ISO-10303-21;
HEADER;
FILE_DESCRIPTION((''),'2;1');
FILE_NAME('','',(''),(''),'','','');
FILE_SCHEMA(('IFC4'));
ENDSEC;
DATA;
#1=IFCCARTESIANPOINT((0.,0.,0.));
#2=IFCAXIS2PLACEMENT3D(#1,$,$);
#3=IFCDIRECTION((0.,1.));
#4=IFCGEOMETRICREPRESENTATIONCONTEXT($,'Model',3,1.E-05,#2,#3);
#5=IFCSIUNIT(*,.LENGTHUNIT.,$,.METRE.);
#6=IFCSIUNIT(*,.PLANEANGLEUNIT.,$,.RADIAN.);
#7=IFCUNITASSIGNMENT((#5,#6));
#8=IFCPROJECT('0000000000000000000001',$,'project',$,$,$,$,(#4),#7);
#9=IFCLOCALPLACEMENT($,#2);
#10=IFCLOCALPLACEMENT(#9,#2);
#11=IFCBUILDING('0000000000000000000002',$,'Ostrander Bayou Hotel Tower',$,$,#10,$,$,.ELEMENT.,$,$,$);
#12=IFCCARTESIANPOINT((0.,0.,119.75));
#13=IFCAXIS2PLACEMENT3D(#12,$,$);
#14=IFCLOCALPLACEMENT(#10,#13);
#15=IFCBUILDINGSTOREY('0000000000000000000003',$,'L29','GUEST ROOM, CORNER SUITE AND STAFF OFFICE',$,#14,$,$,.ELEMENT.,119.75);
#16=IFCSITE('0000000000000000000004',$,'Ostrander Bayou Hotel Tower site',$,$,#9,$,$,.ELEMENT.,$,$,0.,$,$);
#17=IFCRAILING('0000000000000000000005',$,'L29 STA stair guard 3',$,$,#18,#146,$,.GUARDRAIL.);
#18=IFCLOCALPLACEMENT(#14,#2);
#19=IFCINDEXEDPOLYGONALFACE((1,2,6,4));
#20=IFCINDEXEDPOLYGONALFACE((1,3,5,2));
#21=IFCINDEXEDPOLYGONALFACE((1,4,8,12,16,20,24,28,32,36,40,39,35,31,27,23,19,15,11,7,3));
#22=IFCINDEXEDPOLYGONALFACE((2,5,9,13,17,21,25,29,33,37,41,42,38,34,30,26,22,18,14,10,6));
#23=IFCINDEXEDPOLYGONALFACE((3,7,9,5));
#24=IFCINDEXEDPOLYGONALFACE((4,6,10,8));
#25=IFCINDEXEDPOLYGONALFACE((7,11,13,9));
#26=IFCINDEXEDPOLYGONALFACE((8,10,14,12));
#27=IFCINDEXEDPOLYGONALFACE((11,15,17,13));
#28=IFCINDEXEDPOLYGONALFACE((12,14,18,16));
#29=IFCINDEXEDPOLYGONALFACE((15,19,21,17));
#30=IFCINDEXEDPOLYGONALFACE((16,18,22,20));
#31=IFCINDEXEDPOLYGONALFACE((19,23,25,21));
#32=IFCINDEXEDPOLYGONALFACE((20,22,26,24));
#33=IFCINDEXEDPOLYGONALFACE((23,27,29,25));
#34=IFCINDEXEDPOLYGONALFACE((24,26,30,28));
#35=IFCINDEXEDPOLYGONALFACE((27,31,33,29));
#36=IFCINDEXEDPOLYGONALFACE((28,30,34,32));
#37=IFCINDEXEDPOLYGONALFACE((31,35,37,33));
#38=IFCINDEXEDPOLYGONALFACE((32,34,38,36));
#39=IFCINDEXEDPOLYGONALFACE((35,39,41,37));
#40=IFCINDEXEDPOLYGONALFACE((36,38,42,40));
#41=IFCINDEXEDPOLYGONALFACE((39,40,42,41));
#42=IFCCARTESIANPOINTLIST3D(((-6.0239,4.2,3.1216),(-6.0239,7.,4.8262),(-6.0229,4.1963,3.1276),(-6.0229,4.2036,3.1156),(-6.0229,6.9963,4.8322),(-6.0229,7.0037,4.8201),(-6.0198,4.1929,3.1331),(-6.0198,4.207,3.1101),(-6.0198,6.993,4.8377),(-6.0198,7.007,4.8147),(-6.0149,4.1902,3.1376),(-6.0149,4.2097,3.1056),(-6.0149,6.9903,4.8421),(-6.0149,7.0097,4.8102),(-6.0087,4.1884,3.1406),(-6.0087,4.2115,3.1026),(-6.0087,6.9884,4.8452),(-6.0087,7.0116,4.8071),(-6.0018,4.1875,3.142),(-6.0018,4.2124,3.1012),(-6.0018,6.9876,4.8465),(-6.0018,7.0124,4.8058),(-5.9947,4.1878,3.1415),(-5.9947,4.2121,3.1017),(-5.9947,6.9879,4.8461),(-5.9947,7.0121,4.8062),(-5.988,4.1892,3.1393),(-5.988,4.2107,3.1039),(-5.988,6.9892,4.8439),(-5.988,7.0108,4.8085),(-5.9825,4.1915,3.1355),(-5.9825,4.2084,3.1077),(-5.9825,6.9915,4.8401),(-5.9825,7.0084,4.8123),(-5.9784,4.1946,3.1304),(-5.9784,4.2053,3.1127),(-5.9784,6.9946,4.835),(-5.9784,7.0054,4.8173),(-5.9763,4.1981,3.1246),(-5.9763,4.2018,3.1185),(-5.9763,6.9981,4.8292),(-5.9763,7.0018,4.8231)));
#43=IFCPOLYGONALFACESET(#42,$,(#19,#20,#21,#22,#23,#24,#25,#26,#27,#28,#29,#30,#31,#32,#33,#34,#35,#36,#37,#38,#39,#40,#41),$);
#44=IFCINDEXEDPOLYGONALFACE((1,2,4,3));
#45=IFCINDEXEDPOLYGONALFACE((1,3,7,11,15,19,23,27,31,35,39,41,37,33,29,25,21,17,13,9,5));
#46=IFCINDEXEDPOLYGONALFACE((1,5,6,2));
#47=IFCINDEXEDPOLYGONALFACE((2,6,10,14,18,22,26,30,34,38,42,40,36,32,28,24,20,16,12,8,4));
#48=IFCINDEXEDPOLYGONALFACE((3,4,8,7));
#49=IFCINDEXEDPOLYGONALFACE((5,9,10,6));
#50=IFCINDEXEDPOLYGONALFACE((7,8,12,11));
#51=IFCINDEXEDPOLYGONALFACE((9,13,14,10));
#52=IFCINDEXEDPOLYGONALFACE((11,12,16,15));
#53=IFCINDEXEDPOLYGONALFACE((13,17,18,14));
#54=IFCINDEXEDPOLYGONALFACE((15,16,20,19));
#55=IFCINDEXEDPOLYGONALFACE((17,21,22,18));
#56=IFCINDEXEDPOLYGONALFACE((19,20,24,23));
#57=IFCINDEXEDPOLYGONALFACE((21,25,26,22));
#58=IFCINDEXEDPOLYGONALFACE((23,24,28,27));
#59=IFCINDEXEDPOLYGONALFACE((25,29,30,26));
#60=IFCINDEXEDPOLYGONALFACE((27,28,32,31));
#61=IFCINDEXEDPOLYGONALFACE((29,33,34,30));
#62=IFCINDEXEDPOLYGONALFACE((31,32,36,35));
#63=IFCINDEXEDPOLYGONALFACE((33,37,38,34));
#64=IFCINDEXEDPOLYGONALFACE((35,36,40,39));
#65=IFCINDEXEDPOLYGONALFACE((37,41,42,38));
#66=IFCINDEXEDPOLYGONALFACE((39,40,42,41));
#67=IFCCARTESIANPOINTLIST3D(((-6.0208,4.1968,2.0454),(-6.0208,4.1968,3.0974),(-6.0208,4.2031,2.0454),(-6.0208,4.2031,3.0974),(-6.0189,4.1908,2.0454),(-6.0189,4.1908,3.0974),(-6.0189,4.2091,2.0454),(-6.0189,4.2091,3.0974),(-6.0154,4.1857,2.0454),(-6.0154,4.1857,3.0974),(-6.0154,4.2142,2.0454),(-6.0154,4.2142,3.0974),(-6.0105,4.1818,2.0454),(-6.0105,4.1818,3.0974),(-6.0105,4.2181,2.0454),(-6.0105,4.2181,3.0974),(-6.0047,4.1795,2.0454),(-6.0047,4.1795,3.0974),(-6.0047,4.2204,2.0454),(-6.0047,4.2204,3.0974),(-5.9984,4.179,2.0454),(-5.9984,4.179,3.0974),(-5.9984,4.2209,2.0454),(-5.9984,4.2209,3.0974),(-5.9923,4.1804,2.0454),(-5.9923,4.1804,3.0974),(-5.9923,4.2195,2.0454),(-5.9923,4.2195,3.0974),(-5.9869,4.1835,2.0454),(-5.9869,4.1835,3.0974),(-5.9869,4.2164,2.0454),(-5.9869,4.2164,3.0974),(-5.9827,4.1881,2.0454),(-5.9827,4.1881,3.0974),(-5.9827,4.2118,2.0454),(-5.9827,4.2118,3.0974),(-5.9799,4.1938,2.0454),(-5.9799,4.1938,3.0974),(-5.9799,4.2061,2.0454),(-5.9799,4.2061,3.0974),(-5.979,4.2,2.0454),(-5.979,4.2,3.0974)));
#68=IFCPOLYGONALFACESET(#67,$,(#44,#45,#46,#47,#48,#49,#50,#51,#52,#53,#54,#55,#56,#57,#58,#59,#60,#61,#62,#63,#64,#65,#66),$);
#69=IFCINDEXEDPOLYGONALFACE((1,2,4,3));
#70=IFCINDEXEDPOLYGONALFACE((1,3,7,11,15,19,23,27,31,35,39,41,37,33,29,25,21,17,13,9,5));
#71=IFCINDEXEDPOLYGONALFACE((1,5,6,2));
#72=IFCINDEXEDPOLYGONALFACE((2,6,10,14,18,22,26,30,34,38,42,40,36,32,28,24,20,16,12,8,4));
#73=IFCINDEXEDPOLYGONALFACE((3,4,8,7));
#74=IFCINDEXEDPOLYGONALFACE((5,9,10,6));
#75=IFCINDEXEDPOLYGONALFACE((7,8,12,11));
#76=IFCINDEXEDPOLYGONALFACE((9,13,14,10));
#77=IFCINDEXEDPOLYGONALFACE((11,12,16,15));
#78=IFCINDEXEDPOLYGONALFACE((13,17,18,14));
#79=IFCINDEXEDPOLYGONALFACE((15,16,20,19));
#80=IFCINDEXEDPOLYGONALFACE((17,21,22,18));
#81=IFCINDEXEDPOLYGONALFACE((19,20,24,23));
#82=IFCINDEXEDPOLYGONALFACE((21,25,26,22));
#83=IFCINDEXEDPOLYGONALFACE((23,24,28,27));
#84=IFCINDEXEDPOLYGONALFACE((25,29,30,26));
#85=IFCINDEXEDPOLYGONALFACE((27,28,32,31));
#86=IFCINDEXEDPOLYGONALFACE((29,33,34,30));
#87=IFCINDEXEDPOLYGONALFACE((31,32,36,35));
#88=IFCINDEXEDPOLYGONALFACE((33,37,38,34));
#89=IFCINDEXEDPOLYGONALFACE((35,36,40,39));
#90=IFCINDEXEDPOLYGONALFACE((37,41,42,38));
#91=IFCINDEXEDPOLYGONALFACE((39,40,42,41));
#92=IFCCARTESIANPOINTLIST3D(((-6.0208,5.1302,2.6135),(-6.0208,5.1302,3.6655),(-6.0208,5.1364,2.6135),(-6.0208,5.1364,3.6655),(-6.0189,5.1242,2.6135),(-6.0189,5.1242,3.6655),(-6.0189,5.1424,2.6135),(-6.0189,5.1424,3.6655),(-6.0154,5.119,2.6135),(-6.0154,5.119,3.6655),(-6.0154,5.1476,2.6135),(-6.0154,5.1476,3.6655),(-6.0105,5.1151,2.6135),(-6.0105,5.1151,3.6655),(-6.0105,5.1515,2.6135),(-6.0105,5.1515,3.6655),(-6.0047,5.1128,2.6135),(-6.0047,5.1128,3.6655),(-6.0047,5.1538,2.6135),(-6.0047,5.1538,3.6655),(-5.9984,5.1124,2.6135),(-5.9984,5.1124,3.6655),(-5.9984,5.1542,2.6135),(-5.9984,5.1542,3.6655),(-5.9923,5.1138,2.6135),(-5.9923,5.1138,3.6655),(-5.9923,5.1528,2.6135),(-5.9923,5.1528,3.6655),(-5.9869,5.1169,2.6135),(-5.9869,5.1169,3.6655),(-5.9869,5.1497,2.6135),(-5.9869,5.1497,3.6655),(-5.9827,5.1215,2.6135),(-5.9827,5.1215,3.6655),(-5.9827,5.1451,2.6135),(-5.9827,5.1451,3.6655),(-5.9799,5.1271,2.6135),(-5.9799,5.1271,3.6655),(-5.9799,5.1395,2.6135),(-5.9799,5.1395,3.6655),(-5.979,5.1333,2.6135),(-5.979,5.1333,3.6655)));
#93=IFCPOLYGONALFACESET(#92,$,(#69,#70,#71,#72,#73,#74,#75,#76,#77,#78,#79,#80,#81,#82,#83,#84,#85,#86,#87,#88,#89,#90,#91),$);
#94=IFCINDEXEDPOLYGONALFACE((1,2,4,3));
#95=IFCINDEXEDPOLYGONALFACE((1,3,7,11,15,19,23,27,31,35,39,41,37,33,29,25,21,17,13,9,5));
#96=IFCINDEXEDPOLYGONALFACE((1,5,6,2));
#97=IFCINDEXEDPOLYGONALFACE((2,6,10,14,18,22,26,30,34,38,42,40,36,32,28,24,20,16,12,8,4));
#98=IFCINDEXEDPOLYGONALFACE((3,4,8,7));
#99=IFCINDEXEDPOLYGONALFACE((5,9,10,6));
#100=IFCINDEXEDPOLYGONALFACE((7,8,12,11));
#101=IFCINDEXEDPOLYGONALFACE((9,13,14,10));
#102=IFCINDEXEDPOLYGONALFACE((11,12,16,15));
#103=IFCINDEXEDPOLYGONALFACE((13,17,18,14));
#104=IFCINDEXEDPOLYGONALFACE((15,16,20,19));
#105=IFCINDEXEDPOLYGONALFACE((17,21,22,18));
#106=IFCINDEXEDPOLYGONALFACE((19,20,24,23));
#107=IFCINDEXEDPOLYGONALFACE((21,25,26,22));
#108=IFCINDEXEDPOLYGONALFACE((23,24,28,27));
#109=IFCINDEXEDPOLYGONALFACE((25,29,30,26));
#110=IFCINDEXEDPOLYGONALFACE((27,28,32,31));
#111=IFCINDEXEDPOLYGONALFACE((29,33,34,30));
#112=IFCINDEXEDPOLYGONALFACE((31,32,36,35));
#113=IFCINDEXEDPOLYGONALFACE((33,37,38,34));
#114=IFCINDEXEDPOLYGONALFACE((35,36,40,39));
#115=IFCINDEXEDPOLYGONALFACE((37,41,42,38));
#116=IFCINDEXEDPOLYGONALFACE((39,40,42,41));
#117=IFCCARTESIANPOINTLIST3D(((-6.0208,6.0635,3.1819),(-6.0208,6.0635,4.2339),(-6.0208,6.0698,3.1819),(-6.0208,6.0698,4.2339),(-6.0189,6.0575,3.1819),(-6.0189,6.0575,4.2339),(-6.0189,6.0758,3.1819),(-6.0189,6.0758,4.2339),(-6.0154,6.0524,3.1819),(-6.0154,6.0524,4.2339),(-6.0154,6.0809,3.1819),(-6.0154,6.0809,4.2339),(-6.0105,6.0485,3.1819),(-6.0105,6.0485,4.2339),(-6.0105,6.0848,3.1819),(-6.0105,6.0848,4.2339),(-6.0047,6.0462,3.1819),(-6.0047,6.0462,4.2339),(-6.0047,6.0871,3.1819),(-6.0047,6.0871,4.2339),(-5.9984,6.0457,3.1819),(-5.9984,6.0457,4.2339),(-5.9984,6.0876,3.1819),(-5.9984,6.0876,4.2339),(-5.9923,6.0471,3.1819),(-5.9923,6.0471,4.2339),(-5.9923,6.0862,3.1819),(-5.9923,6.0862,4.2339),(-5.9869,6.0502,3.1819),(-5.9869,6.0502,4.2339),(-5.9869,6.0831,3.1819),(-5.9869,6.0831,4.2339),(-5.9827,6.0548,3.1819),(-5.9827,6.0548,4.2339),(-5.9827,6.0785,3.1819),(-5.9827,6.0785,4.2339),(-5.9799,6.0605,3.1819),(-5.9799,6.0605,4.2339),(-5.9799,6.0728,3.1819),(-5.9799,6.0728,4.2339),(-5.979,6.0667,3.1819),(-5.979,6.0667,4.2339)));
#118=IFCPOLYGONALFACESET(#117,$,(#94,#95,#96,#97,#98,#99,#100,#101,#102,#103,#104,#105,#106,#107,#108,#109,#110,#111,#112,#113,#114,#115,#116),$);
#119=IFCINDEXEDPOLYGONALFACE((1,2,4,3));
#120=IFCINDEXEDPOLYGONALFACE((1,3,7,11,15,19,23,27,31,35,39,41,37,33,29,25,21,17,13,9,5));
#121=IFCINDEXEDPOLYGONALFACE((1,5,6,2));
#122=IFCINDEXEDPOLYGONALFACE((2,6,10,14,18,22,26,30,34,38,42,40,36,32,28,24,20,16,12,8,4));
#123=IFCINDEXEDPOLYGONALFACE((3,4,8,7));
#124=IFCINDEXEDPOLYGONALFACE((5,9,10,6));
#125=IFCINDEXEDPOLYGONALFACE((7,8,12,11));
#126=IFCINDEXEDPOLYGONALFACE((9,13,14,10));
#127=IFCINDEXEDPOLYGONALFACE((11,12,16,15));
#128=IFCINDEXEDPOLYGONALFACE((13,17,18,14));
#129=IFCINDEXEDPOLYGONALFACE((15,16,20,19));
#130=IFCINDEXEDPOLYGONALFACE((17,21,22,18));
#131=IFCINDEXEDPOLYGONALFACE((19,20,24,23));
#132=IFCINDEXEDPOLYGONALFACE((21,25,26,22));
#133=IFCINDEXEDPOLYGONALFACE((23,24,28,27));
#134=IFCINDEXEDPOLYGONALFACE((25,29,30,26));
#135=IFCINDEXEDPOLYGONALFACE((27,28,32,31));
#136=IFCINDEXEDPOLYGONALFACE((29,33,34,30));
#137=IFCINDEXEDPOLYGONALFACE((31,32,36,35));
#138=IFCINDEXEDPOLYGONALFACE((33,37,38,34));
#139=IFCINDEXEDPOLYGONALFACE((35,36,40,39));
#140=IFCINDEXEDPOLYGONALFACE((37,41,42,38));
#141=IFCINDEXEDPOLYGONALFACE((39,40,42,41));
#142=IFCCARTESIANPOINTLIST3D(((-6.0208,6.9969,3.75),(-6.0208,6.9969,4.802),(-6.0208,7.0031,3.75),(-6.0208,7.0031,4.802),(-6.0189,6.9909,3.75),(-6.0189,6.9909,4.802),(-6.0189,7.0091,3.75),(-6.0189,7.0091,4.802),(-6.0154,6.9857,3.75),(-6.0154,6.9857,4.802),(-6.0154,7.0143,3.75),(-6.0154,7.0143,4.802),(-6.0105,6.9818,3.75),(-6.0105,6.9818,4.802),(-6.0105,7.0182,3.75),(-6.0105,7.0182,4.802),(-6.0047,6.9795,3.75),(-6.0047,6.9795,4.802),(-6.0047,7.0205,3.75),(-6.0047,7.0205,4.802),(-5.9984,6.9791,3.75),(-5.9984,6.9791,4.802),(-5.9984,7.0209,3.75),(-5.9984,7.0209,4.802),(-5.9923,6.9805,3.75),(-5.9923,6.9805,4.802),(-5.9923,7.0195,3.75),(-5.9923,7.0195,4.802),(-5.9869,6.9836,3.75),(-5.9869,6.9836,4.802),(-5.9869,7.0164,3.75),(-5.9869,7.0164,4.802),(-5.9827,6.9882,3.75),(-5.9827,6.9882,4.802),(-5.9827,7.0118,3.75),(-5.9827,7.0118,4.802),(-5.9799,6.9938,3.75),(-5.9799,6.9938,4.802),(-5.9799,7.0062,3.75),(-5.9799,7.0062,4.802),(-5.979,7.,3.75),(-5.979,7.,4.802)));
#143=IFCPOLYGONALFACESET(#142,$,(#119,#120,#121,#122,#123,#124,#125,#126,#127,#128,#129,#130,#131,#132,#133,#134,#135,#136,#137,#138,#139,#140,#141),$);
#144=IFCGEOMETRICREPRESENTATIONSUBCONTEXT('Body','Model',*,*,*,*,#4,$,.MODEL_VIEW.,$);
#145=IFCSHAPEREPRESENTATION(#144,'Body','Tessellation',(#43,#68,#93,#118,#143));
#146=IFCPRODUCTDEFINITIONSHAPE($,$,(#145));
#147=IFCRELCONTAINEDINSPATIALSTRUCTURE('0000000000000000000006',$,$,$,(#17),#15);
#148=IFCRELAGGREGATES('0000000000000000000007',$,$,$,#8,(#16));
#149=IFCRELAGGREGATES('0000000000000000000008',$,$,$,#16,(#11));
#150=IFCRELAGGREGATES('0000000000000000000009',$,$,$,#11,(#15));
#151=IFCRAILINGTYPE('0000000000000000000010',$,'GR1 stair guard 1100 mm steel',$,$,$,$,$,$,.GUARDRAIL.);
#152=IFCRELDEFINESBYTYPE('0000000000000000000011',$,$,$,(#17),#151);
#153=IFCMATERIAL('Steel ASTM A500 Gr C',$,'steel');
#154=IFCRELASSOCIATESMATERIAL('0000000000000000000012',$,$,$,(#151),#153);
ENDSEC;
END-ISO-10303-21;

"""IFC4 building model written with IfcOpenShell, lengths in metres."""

from ifc_helpers import new_model, si_unit, direction, frame, origin, origin_2d, place, context, subcontext, project, spatial, circle, extrude, material, type_object, element, save


model = new_model("IFC4")

# Units and contexts
model_context = context("Model", 3, precision=1e-05, world=origin(), true_north=direction((0.0, 1.0)))
body_context = subcontext(model_context, "Body", "Model", "MODEL_VIEW")
ifc_project = project(units=[si_unit("LENGTHUNIT", "METRE"), si_unit("PLANEANGLEUNIT", "RADIAN")], contexts=[model_context])

# Site, building, storey
site_placement = place(None, origin())
site = spatial("IfcSite", under=ifc_project, at=site_placement, Name="Ostrander Bayou Hotel Tower site", CompositionType="ELEMENT", RefElevation=0.0)
building_placement = place(site_placement, origin())
building = spatial("IfcBuilding", under=site, at=building_placement, Name="Ostrander Bayou Hotel Tower", CompositionType="ELEMENT")
storey_placement = place(building_placement, frame((0.0, 0.0, 119.75)))
storey = spatial("IfcBuildingStorey", under=building, at=storey_placement, Name="L29", Description="GUEST ROOM, CORNER SUITE AND STAFF OFFICE", CompositionType="ELEMENT", Elevation=119.75)

# Railing
ifc_material_1 = material(Name="Steel ASTM A500 Gr C", Category="steel")
railing_type_1 = type_object("IfcRailingType", Name="GR1 stair guard 1100 mm steel", PredefinedType="GUARDRAIL", material=ifc_material_1)
railing_1_placement = place(storey_placement, frame((-6.0, 4.2, 2.0454)))
element("IfcRailing", 1, at=railing_1_placement, inside=storey, type_object=railing_type_1, Name="L29 STA stair guard 3", PredefinedType="GUARDRAIL", context=body_context, shape_type="SweptSolid", body=[
    extrude(circle(Radius=0.0239, at=origin_2d()), frame((0.0, 0.0, 1.0762), z_axis=(0.0, 0.85417, 0.519994), x_axis=(-1.0, 0.0, 0.0)), (0.0, 0.0, 1.0), 3.2781),
    extrude(circle(Radius=0.021, at=origin_2d()), origin(), (0.0, 0.0, 1.0), 1.052),
    extrude(circle(Radius=0.021, at=origin_2d()), frame((0.0, 0.9333, 0.5681)), (0.0, 0.0, 1.0), 1.052),
    extrude(circle(Radius=0.021, at=origin_2d()), frame((0.0, 1.8667, 1.1365)), (0.0, 0.0, 1.0), 1.052),
    extrude(circle(Radius=0.021, at=origin_2d()), frame((0.0, 2.8, 1.7046)), (0.0, 0.0, 1.0), 1.052),
])

save(model, "model.ifc")
